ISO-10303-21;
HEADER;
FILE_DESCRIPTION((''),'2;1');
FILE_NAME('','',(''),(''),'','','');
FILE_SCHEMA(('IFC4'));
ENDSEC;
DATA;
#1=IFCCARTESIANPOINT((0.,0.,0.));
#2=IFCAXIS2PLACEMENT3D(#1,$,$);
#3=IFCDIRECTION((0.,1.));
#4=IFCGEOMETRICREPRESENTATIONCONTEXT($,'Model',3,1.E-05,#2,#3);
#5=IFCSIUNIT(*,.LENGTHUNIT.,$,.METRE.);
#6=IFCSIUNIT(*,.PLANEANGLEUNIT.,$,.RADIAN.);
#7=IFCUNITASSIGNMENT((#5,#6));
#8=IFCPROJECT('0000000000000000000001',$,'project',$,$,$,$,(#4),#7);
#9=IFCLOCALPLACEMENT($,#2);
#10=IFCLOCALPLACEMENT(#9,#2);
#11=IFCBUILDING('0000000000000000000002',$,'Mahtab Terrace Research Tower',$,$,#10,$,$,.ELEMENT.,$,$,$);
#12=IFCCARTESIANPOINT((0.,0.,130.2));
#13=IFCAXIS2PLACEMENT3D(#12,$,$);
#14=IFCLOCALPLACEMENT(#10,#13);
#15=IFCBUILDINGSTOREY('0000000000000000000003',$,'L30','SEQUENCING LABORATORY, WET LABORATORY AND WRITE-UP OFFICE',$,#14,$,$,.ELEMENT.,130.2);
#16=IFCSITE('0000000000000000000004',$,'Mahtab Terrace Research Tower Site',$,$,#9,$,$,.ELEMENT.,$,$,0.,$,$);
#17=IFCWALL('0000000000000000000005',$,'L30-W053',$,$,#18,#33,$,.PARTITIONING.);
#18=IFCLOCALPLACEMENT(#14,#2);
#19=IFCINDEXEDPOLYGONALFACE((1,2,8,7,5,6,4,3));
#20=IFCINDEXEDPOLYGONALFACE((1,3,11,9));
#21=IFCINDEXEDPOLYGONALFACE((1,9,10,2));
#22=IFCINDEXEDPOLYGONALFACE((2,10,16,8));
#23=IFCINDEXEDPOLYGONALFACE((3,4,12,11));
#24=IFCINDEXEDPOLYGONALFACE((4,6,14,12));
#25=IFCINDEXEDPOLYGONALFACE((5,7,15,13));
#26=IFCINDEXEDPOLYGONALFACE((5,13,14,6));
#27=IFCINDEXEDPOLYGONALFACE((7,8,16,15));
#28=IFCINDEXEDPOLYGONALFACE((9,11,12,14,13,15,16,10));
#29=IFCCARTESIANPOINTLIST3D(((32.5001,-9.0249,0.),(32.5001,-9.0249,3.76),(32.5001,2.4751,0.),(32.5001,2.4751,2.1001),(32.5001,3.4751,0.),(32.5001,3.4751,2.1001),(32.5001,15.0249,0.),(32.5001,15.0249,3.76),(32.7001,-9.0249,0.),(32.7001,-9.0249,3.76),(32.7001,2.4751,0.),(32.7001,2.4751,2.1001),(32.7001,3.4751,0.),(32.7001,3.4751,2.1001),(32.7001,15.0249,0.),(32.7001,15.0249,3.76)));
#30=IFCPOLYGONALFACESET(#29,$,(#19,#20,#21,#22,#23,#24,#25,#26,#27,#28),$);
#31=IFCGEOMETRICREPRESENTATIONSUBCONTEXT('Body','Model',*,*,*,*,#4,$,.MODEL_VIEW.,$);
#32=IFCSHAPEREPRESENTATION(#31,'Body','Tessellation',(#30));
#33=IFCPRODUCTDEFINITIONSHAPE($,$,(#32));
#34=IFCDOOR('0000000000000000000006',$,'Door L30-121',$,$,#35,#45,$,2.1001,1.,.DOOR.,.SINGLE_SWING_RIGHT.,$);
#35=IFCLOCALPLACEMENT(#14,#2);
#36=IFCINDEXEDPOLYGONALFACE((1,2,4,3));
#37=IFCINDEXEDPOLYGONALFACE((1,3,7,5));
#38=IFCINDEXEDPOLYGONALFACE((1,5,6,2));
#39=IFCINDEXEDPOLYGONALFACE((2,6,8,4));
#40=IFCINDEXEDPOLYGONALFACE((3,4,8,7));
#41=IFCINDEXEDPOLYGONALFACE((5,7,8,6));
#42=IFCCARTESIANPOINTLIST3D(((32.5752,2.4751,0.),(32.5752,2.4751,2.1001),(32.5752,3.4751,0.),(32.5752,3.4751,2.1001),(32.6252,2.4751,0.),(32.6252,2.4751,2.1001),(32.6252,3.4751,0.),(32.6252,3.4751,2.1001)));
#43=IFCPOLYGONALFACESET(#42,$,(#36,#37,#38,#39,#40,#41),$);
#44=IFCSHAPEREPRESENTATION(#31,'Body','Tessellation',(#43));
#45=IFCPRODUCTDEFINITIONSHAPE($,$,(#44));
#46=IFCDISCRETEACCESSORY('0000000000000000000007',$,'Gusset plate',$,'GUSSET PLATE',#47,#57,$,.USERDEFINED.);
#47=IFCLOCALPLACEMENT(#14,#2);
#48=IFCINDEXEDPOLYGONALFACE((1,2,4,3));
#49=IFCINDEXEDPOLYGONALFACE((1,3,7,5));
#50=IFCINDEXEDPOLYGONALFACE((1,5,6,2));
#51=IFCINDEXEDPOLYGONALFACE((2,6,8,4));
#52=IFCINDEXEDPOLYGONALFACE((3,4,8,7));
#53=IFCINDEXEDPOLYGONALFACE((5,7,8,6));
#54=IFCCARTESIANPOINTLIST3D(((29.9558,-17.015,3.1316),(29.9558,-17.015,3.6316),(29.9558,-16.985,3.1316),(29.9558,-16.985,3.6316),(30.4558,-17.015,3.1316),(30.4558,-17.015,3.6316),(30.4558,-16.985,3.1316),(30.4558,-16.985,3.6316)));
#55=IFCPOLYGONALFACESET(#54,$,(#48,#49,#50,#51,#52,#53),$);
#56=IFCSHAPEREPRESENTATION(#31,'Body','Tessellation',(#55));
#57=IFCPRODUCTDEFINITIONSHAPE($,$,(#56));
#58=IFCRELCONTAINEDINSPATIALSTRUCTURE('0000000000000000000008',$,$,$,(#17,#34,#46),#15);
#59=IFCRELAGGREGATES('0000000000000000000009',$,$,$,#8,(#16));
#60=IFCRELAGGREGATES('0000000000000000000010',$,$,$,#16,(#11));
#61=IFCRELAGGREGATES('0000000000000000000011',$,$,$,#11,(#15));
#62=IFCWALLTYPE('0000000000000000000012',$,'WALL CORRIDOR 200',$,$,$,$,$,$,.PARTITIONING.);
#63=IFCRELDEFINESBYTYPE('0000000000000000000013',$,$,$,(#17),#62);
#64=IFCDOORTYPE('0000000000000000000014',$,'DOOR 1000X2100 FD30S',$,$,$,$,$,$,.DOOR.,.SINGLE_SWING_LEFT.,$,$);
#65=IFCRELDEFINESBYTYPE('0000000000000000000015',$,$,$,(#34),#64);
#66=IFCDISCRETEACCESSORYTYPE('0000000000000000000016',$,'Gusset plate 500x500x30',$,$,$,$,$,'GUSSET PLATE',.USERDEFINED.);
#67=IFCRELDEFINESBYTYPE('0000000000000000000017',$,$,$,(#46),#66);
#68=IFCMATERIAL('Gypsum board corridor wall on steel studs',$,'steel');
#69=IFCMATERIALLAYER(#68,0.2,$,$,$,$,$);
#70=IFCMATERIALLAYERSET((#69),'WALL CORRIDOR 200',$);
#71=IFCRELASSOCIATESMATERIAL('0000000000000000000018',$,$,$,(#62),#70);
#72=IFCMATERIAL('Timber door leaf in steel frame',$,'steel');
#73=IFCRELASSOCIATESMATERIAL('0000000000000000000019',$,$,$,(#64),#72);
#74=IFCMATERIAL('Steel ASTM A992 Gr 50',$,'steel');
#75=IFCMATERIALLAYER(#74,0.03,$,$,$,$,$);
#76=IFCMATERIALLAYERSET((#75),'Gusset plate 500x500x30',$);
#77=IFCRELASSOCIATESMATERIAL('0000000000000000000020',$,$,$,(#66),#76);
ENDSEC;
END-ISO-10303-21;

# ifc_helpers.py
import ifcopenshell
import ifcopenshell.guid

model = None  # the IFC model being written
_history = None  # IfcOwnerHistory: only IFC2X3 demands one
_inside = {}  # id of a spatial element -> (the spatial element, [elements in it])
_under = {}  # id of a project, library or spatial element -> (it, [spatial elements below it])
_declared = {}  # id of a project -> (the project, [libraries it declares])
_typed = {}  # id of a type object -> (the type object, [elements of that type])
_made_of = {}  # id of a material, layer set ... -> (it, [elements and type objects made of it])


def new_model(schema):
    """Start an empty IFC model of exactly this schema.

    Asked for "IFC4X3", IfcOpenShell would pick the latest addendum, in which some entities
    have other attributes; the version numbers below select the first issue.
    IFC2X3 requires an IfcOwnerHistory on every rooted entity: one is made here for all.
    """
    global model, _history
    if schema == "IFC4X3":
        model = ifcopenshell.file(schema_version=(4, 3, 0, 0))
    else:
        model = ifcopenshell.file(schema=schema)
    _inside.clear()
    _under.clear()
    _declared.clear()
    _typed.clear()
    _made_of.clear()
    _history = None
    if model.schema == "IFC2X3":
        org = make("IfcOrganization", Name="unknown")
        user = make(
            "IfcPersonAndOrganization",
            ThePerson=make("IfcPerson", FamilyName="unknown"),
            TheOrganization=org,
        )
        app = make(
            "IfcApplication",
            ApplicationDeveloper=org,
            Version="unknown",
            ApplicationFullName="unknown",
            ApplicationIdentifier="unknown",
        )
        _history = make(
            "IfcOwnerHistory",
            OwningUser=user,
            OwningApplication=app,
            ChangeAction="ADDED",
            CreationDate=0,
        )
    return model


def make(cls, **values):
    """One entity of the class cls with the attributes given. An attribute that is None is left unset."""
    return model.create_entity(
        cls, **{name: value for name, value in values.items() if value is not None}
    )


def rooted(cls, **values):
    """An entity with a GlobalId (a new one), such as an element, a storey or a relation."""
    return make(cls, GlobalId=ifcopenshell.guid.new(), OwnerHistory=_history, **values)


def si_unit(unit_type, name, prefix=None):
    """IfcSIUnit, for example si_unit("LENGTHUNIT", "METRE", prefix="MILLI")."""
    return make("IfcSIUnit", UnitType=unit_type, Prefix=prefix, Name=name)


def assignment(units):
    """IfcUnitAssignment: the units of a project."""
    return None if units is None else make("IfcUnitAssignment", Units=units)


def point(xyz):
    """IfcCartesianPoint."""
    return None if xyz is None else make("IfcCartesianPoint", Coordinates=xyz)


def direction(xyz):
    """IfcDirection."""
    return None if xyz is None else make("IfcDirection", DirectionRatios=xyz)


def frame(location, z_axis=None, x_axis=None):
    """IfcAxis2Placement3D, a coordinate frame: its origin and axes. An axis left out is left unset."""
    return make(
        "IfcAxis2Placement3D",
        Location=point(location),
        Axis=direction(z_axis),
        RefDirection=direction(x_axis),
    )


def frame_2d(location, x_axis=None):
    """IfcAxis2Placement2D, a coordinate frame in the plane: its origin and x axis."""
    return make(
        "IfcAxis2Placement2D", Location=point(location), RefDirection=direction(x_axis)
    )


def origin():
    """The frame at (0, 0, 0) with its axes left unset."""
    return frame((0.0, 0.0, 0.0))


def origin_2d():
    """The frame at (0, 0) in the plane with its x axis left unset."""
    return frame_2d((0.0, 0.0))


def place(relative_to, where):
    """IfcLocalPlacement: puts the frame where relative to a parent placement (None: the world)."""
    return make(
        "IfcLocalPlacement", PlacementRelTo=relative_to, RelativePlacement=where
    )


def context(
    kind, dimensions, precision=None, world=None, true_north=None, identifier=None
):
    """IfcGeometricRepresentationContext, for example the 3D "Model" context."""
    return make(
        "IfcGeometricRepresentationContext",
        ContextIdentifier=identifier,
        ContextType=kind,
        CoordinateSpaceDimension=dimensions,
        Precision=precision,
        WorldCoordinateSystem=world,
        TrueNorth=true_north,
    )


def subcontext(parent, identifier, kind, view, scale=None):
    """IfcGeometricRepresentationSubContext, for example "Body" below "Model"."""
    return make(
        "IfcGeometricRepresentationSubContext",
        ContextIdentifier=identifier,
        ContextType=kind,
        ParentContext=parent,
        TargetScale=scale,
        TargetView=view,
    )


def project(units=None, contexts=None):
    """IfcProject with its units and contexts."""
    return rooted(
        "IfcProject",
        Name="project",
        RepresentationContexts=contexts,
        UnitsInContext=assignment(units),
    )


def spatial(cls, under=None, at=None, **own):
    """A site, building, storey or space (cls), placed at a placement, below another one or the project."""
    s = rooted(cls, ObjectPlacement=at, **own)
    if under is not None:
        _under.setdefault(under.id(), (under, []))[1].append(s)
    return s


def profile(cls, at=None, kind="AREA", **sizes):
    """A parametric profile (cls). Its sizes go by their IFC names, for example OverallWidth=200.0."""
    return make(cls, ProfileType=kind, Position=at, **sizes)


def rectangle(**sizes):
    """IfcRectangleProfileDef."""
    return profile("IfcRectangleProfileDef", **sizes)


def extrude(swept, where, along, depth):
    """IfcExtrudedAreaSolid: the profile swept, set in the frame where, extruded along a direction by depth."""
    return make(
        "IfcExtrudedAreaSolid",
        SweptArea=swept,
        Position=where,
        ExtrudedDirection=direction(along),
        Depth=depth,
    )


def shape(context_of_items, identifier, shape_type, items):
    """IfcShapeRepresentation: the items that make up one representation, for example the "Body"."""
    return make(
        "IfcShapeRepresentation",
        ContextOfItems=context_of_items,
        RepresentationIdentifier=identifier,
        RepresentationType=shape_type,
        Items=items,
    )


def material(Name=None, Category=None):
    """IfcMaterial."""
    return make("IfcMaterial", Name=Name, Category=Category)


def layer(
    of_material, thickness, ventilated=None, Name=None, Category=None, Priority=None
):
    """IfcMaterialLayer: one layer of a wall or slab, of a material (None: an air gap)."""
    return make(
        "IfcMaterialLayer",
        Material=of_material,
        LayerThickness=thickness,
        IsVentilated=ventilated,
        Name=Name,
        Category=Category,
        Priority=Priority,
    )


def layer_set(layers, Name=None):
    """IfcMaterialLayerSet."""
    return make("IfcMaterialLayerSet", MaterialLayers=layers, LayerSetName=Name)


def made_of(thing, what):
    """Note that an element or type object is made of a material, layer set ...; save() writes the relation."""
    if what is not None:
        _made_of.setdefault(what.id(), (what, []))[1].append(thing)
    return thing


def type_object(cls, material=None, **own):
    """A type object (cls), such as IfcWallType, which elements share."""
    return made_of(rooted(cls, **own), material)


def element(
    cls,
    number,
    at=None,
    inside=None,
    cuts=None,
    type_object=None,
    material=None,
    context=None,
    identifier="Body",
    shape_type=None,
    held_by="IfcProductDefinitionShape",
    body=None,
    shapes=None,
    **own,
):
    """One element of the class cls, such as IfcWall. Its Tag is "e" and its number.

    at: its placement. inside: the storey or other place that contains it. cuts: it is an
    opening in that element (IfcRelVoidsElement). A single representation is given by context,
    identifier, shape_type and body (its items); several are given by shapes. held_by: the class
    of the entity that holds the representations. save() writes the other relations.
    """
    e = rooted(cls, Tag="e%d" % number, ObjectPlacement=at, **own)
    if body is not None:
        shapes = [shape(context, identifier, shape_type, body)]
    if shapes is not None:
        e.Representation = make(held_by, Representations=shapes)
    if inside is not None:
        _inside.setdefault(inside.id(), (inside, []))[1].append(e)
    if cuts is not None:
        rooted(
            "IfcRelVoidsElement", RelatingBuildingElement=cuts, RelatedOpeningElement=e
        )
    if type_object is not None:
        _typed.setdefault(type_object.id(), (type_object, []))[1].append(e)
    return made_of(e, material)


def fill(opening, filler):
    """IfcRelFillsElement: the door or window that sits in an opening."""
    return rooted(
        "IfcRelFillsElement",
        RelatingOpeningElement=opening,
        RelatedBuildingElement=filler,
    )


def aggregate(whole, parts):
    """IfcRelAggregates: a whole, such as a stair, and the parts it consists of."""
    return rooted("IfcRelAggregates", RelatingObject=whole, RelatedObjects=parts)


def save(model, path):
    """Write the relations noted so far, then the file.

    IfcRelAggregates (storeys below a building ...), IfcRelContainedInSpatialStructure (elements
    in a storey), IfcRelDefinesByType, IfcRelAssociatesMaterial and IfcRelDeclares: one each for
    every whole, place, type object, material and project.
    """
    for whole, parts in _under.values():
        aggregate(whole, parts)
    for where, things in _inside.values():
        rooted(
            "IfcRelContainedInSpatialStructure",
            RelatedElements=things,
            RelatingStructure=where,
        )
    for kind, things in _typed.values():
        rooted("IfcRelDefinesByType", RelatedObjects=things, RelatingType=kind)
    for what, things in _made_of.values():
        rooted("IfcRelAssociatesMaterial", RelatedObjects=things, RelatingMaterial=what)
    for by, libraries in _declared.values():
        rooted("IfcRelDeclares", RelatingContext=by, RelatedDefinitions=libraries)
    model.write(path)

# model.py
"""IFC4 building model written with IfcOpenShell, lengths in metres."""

from ifc_helpers import new_model, si_unit, direction, frame, frame_2d, origin, origin_2d, place, context, subcontext, project, spatial, rectangle, extrude, material, layer, layer_set, type_object, element, fill, save


model = new_model("IFC4")

# Units and contexts
model_context = context("Model", 3, precision=1e-05, world=origin(), true_north=direction((0.0, 1.0)))
body_context = subcontext(model_context, "Body", "Model", "MODEL_VIEW")
ifc_project = project(units=[si_unit("LENGTHUNIT", "METRE"), si_unit("PLANEANGLEUNIT", "RADIAN")], contexts=[model_context])

# Site, building, storey
site_placement = place(None, origin())
site = spatial("IfcSite", under=ifc_project, at=site_placement, Name="Mahtab Terrace Research Tower Site", CompositionType="ELEMENT", RefElevation=0.0)
building_placement = place(site_placement, origin())
building = spatial("IfcBuilding", under=site, at=building_placement, Name="Mahtab Terrace Research Tower", CompositionType="ELEMENT")
storey_placement = place(building_placement, frame((0.0, 0.0, 130.2)))
storey = spatial("IfcBuildingStorey", under=building, at=storey_placement, Name="L30", Description="SEQUENCING LABORATORY, WET LABORATORY AND WRITE-UP OFFICE", CompositionType="ELEMENT", Elevation=130.2)

# Shared definitions
ifc_material_1 = material(Name="Steel ASTM A992 Gr 50", Category="steel")

# Shared definitions
ifc_material_2 = material(Name="Gypsum board corridor wall on steel studs", Category="steel")
ifc_layer_1 = layer(ifc_material_2, 0.2)
ifc_layer_set_1 = layer_set([ifc_layer_1], Name="WALL CORRIDOR 200")
wall_type_1 = type_object("IfcWallType", Name="WALL CORRIDOR 200", PredefinedType="PARTITIONING", material=ifc_layer_set_1)
ifc_material_3 = material(Name="Timber door leaf in steel frame", Category="steel")

# Wall, opening, door
wall_1_placement = place(storey_placement, frame((32.6001, -9.0249, 0.0), z_axis=(0.0, 0.0, 1.0), x_axis=(0.0, 1.0, 0.0)))
wall_1 = element("IfcWall", 1, at=wall_1_placement, inside=storey, type_object=wall_type_1, Name="L30-W053", PredefinedType="PARTITIONING", context=body_context, shape_type="SweptSolid", body=[
    extrude(rectangle(XDim=24.0498, YDim=0.2, at=frame_2d((12.0249, 0.0))), origin(), (0.0, 0.0, 1.0), 3.76),
])
opening_1_placement = place(wall_1_placement, frame((11.5, 0.0, 0.0)))
opening_1 = element("IfcOpeningElement", 2, at=opening_1_placement, cuts=wall_1, PredefinedType="OPENING", context=body_context, shape_type="SweptSolid", body=[
    extrude(rectangle(XDim=1.0, YDim=2.1001, at=frame_2d((0.5, 1.05))), frame((0.0, 0.1099, 0.0), z_axis=(0.0, -1.0, 0.0), x_axis=(1.0, 0.0, 0.0)), (0.0, 0.0, 1.0), 0.22),
])
door_type_1 = type_object("IfcDoorType", Name="DOOR 1000X2100 FD30S", OperationType="SINGLE_SWING_LEFT", PredefinedType="DOOR", material=ifc_material_3)
door_1_placement = place(opening_1_placement, origin())
door_1 = element("IfcDoor", 3, at=door_1_placement, inside=storey, type_object=door_type_1, Name="Door L30-121", OperationType="SINGLE_SWING_RIGHT", OverallHeight=2.1001, OverallWidth=1.0, PredefinedType="DOOR", context=body_context, shape_type="SweptSolid", body=[
    extrude(rectangle(XDim=1.0, YDim=2.1001, at=frame_2d((0.5, 1.05))), frame((0.0, 0.0249, 0.0), z_axis=(0.0, -1.0, 0.0), x_axis=(1.0, 0.0, 0.0)), (0.0, 0.0, 1.0), 0.05),
])
fill(opening_1, door_1)

# Discrete accessory
ifc_layer_2 = layer(ifc_material_1, 0.03)
ifc_layer_set_2 = layer_set([ifc_layer_2], Name="Gusset plate 500x500x30")
discrete_accessory_type = type_object("IfcDiscreteAccessoryType", Name="Gusset plate 500x500x30", ElementType="GUSSET PLATE", PredefinedType="USERDEFINED", material=ifc_layer_set_2)
discrete_accessory_placement = place(storey_placement, frame((30.2058, -17.0, 3.1316), z_axis=(0.0, 0.0, 1.0), x_axis=(1.0, 0.0, 0.0)))
element("IfcDiscreteAccessory", 4, at=discrete_accessory_placement, inside=storey, type_object=discrete_accessory_type, Name="Gusset plate", ObjectType="GUSSET PLATE", PredefinedType="USERDEFINED", context=body_context, shape_type="SweptSolid", body=[
    extrude(rectangle(XDim=0.5, YDim=0.03, at=origin_2d()), origin(), (0.0, 0.0, 1.0), 0.5),
])

save(model, "model.ifc")
